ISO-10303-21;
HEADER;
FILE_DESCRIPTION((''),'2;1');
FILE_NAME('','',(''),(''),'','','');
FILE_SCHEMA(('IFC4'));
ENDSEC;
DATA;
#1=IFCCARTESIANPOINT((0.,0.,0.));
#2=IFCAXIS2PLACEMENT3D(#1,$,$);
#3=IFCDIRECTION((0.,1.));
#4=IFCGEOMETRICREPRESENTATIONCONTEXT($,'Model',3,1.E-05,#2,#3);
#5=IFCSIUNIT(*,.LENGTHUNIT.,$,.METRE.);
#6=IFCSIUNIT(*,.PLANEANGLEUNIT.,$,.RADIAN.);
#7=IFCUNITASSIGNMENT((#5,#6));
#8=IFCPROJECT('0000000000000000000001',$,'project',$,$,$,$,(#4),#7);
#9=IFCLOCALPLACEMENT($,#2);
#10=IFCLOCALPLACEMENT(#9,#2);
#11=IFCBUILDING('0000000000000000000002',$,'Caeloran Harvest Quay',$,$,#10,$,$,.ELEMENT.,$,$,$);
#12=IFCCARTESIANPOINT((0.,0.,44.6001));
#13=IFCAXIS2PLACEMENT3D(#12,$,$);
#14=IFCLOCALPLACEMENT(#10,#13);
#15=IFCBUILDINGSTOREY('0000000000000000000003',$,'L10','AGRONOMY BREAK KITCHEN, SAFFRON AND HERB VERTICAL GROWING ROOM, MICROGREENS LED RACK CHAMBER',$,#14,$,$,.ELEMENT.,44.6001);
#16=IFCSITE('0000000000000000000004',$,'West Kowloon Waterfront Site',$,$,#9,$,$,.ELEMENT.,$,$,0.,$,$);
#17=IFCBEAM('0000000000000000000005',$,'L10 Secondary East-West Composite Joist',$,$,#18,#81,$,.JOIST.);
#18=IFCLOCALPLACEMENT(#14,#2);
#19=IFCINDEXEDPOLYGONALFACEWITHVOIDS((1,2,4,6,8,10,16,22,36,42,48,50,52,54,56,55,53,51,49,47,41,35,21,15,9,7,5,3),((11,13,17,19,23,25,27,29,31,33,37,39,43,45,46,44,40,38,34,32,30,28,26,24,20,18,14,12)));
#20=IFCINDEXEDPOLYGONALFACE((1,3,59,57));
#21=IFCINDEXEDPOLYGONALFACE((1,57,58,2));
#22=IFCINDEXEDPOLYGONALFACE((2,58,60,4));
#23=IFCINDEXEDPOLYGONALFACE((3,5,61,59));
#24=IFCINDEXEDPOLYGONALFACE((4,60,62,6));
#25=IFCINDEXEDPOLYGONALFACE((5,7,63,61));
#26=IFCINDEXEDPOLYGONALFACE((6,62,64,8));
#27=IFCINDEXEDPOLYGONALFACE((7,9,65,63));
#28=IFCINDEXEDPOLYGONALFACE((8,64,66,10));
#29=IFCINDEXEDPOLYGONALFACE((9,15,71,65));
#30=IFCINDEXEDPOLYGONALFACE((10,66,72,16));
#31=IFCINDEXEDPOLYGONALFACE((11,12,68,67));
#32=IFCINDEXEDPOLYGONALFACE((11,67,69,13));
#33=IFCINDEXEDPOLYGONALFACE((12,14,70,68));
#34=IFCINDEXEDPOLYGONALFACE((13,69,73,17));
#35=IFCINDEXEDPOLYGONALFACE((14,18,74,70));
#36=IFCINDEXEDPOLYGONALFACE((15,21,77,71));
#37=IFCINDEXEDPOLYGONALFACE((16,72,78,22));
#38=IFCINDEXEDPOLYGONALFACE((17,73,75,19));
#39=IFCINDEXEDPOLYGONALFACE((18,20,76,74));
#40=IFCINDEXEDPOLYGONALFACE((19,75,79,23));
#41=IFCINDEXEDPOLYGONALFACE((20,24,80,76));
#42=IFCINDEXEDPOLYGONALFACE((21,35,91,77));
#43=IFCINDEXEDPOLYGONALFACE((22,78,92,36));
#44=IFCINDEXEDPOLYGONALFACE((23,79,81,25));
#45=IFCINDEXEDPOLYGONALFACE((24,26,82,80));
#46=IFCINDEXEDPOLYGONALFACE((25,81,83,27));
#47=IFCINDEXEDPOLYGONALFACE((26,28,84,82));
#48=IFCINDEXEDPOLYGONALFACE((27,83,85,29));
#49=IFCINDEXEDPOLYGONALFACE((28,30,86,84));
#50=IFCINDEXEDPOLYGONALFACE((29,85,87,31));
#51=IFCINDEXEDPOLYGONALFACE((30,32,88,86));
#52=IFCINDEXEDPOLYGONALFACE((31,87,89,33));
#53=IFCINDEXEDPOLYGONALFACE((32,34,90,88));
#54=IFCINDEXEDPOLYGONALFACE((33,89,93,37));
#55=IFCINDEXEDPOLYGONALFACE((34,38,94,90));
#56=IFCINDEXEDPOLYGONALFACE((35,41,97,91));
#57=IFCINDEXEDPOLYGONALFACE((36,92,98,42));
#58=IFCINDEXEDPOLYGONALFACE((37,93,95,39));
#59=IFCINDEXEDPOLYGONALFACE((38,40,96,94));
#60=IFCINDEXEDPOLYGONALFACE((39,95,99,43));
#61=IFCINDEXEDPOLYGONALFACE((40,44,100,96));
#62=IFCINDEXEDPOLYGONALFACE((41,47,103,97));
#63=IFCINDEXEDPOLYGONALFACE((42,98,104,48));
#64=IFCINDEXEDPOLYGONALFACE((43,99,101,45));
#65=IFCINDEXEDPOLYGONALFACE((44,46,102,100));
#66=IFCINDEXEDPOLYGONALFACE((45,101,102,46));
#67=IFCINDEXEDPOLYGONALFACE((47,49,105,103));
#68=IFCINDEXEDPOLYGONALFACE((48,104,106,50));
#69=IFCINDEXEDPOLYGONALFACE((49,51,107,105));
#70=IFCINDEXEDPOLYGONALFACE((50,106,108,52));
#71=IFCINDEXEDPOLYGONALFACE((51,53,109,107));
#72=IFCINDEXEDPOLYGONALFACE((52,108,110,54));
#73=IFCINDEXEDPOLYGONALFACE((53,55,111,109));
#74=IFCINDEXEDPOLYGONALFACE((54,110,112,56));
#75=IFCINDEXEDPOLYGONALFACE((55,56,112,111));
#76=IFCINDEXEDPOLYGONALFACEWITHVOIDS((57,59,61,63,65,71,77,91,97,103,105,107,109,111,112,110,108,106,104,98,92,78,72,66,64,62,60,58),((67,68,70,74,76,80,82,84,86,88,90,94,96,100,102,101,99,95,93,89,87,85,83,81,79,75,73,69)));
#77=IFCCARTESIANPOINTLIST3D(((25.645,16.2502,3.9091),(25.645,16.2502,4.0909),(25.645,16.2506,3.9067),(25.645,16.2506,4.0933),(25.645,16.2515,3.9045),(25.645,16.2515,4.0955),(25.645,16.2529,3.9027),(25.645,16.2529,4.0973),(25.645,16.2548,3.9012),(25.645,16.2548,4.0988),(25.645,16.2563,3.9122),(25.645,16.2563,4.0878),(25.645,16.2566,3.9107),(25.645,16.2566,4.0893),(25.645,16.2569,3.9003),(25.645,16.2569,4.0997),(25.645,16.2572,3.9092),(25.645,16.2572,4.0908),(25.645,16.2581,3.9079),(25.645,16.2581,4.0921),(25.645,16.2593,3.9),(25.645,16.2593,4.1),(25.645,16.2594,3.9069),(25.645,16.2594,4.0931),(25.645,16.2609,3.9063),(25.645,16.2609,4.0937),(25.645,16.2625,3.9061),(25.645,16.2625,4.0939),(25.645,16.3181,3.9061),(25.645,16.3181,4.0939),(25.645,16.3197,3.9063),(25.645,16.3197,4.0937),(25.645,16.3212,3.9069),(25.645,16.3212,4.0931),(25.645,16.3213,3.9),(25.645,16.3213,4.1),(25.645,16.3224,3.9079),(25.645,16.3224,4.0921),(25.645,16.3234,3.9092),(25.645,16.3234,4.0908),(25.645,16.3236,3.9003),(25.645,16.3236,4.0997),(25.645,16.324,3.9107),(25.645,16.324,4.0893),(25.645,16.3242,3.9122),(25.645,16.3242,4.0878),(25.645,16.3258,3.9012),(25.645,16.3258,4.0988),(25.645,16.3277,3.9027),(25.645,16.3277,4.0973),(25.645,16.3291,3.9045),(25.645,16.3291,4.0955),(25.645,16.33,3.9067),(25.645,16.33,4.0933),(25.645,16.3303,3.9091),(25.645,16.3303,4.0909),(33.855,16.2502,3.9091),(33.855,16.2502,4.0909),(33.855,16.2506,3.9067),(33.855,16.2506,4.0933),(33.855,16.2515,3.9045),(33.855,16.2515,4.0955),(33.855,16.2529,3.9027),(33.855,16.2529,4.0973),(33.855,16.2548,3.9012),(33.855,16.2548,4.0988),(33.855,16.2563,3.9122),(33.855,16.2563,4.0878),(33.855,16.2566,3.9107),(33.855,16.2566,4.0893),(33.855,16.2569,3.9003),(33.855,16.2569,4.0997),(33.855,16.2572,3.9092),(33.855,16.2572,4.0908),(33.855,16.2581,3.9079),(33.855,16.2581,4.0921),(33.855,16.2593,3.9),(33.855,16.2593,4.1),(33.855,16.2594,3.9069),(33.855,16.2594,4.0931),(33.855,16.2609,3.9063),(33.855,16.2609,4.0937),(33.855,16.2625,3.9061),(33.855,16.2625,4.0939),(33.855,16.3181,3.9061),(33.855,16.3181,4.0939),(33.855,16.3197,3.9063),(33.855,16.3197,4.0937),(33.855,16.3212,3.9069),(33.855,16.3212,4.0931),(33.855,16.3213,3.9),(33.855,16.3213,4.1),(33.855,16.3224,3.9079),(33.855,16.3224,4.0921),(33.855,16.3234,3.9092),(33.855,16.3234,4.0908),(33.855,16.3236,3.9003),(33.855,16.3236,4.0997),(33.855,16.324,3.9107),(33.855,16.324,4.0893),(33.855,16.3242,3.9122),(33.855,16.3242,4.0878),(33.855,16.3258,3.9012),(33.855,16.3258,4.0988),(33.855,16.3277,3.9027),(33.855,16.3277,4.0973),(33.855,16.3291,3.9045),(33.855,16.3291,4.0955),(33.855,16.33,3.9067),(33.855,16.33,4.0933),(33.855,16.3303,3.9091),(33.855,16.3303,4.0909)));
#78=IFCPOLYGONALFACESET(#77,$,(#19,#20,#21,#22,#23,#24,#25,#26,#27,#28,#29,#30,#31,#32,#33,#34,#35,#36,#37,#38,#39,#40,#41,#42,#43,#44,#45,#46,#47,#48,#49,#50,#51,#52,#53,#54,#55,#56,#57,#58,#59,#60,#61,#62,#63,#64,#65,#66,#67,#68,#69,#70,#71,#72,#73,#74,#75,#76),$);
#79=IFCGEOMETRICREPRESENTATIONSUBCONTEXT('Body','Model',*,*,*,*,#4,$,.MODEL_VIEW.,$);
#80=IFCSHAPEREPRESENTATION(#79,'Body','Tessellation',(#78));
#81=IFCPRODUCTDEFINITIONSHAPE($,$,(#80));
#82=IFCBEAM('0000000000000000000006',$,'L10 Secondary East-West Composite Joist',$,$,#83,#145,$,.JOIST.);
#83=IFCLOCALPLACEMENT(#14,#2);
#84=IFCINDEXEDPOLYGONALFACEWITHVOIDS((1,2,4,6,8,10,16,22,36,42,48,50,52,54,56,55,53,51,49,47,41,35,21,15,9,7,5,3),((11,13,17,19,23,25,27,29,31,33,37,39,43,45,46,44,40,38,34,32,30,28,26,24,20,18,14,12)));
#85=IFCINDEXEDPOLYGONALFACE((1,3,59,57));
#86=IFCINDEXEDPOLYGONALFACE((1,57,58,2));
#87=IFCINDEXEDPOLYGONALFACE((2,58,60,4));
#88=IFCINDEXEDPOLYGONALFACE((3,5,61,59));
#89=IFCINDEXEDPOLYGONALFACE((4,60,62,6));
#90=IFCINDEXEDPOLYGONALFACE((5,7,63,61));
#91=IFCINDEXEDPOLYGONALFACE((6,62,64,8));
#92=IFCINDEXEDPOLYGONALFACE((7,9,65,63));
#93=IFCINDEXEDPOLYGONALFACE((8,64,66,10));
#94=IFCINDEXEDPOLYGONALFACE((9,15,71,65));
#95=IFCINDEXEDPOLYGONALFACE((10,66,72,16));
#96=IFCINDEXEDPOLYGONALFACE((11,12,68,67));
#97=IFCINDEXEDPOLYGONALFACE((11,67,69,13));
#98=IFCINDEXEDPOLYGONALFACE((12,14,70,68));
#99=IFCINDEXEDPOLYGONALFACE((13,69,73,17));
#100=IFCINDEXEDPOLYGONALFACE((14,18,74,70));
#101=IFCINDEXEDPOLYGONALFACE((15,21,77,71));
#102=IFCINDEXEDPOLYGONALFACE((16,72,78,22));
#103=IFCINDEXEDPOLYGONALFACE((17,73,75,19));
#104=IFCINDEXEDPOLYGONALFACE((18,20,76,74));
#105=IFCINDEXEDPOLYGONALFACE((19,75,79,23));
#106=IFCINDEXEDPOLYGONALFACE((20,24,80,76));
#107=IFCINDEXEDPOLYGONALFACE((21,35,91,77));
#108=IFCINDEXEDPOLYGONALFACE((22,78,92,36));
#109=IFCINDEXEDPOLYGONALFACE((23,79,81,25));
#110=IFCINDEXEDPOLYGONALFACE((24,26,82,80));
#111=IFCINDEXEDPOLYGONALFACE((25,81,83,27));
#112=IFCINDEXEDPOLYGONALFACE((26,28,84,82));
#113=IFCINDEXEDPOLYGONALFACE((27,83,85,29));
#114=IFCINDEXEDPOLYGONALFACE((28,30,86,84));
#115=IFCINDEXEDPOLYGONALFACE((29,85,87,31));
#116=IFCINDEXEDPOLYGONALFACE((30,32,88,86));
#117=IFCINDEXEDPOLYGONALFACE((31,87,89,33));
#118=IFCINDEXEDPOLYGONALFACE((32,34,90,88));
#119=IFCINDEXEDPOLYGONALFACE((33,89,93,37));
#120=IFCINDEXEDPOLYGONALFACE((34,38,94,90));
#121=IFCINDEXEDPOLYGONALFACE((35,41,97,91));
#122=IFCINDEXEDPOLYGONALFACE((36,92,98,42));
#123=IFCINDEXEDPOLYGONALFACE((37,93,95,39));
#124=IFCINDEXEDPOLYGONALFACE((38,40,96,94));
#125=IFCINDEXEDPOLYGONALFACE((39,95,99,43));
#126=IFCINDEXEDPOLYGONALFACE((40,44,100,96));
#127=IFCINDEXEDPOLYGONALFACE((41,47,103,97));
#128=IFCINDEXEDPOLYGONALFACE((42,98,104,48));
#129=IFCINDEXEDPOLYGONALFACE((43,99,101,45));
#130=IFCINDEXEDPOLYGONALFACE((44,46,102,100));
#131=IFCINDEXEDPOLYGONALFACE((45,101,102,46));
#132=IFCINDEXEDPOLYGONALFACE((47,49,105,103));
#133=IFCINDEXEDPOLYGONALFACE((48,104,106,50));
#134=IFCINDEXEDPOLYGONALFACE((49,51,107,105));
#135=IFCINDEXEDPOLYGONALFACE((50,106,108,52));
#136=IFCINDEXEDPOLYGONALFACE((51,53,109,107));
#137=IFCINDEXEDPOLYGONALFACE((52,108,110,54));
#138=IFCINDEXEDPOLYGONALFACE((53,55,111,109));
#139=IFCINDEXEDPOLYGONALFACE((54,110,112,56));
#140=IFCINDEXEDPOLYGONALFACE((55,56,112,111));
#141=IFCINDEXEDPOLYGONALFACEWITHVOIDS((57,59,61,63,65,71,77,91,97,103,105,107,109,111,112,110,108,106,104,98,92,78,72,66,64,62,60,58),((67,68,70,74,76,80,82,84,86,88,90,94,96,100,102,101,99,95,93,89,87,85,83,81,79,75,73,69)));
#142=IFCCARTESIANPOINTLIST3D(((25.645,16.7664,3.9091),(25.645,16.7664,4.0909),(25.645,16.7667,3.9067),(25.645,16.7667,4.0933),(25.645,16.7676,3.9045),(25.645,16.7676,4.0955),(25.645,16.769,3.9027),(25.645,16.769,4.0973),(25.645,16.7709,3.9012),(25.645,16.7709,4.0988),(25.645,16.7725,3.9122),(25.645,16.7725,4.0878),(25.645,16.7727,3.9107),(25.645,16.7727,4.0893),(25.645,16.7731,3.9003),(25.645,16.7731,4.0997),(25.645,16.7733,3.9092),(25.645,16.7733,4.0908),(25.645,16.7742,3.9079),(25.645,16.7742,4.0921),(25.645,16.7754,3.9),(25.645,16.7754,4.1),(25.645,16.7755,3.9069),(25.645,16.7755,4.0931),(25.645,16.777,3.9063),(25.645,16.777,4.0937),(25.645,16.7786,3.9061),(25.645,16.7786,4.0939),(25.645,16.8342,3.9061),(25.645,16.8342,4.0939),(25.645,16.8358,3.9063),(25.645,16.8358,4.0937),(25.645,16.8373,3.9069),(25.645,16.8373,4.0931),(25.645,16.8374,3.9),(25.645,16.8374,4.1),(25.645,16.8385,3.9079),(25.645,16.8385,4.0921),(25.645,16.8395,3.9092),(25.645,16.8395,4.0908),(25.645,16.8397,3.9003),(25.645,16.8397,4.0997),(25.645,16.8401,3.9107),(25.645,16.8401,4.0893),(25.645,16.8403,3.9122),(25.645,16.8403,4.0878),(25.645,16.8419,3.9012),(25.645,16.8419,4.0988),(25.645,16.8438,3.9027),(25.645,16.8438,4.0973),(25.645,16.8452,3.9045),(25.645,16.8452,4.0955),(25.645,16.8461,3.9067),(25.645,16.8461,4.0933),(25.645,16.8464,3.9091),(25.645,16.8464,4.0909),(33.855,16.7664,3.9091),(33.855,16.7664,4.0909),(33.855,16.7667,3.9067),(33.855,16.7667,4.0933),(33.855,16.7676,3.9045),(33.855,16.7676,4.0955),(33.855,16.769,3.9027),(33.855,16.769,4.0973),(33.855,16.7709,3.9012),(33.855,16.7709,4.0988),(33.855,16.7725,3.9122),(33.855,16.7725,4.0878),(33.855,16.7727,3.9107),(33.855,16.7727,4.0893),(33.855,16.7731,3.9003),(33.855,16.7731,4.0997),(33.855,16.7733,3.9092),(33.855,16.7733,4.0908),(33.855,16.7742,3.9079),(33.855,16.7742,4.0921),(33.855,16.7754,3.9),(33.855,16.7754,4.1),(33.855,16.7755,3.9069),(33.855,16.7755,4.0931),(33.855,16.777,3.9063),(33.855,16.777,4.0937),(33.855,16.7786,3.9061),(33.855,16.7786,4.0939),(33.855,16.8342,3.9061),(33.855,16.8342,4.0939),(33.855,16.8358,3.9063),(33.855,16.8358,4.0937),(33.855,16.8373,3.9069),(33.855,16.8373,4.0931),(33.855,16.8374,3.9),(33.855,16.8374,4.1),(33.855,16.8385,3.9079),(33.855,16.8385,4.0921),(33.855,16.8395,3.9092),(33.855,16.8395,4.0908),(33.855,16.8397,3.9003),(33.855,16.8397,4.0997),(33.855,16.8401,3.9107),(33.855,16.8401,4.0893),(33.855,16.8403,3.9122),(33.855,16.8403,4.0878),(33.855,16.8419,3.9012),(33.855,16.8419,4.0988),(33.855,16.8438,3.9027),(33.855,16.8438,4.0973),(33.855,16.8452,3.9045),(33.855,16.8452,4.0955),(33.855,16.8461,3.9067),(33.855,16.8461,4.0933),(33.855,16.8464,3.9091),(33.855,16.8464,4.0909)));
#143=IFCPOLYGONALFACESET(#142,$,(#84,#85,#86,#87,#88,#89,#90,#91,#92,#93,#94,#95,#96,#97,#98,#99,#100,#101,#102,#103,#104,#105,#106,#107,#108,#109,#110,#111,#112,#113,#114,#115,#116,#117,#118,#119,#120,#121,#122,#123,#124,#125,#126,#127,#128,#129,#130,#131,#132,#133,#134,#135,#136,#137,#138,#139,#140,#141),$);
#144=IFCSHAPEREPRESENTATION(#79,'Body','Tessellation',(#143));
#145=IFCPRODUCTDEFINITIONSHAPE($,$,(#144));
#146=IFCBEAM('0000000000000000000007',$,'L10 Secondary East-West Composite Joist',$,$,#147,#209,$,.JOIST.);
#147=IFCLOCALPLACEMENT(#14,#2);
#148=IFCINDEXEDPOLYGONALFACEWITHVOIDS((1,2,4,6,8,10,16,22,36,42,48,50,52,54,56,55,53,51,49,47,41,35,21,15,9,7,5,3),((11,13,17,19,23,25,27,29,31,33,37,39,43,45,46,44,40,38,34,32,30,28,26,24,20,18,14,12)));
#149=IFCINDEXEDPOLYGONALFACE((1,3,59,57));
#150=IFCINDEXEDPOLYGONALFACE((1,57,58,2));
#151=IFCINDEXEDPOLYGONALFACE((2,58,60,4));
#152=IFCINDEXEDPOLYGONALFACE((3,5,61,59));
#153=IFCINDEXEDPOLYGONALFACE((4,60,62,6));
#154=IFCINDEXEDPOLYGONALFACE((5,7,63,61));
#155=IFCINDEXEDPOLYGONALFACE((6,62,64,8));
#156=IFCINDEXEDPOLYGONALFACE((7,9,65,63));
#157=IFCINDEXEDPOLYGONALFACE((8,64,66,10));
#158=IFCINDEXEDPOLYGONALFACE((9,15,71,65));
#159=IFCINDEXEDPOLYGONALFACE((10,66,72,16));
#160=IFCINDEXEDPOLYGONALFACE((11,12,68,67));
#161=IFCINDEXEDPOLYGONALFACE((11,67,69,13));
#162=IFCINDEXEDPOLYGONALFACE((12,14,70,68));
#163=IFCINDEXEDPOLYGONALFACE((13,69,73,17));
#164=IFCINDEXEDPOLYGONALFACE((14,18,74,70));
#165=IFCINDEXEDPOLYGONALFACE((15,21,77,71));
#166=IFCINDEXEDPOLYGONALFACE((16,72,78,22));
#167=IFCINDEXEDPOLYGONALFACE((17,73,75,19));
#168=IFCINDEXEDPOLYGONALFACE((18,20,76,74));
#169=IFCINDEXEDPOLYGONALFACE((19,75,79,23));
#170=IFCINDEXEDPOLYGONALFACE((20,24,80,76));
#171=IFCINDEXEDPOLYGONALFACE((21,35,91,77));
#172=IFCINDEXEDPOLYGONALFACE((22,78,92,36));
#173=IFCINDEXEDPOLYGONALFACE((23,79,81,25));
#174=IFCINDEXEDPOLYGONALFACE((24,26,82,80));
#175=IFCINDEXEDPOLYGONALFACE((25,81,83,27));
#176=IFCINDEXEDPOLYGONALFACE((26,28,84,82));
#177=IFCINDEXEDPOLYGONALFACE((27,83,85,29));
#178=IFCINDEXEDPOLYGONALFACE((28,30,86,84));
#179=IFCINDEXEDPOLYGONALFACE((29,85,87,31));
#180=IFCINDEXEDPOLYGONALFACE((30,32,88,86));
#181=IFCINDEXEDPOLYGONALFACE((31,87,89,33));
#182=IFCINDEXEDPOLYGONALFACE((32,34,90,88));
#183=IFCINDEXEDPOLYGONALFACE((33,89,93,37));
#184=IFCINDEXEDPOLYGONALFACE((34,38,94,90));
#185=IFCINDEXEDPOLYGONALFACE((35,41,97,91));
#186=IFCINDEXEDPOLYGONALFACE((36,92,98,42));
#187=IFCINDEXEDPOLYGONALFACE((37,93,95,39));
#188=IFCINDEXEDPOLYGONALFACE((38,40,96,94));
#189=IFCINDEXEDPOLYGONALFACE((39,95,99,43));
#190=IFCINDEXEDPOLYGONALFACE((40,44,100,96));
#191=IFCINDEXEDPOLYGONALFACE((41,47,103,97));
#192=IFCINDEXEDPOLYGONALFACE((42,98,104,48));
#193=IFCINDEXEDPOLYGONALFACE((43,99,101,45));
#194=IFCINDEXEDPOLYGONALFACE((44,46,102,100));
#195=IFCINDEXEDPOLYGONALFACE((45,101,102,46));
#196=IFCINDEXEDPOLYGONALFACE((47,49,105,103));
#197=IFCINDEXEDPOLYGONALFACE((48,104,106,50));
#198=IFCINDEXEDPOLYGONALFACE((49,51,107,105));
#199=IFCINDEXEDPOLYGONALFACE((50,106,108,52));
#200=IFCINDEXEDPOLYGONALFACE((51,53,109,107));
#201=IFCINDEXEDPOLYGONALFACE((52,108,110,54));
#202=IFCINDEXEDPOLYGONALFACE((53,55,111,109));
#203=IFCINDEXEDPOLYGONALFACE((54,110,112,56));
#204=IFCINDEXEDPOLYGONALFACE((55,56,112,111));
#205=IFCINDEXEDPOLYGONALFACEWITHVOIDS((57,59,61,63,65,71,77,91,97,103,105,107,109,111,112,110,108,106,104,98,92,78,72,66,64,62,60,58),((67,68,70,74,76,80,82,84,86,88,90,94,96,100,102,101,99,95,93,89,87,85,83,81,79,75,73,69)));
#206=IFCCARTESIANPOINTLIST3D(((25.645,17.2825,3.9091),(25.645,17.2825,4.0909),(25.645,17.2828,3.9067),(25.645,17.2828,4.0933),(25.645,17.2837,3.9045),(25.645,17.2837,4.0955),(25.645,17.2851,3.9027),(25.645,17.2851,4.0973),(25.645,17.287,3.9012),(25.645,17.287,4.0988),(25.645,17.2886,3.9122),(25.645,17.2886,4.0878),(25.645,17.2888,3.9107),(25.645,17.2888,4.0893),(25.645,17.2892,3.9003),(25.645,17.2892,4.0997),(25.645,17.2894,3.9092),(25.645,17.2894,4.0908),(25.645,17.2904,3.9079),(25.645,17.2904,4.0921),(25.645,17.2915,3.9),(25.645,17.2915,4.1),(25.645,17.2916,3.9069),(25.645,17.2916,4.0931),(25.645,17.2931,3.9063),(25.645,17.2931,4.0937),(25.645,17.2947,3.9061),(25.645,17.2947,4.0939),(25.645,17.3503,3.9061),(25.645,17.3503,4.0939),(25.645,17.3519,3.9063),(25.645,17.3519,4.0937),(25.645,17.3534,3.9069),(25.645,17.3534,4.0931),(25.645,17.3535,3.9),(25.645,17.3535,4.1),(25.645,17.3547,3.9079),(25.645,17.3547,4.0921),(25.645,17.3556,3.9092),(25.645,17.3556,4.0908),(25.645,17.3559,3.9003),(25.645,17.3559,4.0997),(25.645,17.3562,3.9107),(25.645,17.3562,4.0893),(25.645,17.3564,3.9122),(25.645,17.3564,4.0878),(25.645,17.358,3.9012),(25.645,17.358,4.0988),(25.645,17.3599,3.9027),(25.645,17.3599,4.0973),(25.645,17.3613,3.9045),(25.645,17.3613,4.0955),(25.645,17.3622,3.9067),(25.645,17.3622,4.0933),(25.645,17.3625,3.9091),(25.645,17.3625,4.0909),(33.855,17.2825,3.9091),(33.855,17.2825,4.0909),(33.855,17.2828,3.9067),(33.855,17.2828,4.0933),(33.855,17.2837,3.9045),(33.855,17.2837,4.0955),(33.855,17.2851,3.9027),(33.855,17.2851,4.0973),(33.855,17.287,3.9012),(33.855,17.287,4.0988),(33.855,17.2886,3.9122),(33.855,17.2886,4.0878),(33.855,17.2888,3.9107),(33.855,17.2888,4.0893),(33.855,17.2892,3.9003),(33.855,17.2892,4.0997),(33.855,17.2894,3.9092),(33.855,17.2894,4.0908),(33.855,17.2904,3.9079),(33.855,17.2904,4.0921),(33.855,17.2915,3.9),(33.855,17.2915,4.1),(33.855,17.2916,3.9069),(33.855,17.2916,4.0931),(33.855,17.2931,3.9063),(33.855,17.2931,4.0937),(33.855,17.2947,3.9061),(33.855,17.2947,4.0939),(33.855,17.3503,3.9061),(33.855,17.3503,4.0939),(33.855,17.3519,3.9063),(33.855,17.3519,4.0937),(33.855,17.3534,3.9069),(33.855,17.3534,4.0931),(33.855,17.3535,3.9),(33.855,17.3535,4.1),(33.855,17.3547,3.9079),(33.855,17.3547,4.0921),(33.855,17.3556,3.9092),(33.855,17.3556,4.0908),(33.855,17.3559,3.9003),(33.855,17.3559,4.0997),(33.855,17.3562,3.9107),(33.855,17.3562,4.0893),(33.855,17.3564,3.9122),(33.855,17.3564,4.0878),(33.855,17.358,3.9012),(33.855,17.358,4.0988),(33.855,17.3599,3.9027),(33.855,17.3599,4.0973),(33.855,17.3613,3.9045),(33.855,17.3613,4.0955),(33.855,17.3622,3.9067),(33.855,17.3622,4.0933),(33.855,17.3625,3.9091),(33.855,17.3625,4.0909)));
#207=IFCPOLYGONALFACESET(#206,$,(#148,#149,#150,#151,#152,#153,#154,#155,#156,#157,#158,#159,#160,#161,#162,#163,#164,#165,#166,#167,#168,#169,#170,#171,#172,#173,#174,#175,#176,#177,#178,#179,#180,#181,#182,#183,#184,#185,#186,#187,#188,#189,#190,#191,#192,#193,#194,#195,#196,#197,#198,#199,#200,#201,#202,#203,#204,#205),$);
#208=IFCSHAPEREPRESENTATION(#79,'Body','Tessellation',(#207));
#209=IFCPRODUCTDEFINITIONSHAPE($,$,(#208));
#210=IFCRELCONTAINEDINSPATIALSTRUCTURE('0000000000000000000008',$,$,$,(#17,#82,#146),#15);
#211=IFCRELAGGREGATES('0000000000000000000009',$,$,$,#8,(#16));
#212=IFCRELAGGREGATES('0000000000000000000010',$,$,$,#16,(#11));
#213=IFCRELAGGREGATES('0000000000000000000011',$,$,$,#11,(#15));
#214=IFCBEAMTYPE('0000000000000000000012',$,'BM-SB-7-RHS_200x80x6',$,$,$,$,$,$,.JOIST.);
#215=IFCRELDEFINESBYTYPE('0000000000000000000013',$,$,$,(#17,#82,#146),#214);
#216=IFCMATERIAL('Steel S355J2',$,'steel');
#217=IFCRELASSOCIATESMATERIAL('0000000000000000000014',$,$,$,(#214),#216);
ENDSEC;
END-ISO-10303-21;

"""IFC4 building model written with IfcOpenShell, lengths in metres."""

from ifc_helpers import new_model, si_unit, direction, frame, origin, origin_2d, place, context, subcontext, project, spatial, hollow_rectangle, extrude, material, material_profile, profile_set, type_object, element, save


model = new_model("IFC4")

# Units and contexts
model_context = context("Model", 3, precision=1e-05, world=origin(), true_north=direction((0.0, 1.0)))
body_context = subcontext(model_context, "Body", "Model", "MODEL_VIEW")
ifc_project = project(units=[si_unit("LENGTHUNIT", "METRE"), si_unit("PLANEANGLEUNIT", "RADIAN")], contexts=[model_context])

# Site, building, storey
site_placement = place(None, origin())
site = spatial("IfcSite", under=ifc_project, at=site_placement, Name="West Kowloon Waterfront Site", CompositionType="ELEMENT", RefElevation=0.0)
building_placement = place(site_placement, origin())
building = spatial("IfcBuilding", under=site, at=building_placement, Name="Caeloran Harvest Quay", CompositionType="ELEMENT")
storey_placement = place(building_placement, frame((0.0, 0.0, 44.6001)))
storey = spatial("IfcBuildingStorey", under=building, at=storey_placement, Name="L10", Description="AGRONOMY BREAK KITCHEN, SAFFRON AND HERB VERTICAL GROWING ROOM, MICROGREENS LED RACK CHAMBER", CompositionType="ELEMENT", Elevation=44.6001)

# Beams
ifc_material_1 = material(Name="Steel S355J2", Category="steel")
ifc_material_profile_1 = material_profile(ifc_material_1, hollow_rectangle(XDim=0.0801, YDim=0.2, WallThickness=0.0061, InnerFilletRadius=0.0061, OuterFilletRadius=0.009, at=origin_2d()), Name="RHS 200x80x6")
ifc_profile_set_1 = profile_set([ifc_material_profile_1], Name="Steel S355J2")
beam_type_1 = type_object("IfcBeamType", Name="BM-SB-7-RHS_200x80x6", PredefinedType="JOIST", material=ifc_profile_set_1)
for number, where, z_axis, x_axis, name in (
    (1, (25.645, 16.2903, 4.0), (1.0, 0.0, 0.0), (0.0, 1.0, 0.0), "L10 Secondary East-West Composite Joist"),
    (2, (25.645, 16.8064, 4.0), (1.0, 0.0, 0.0), (0.0, 1.0, 0.0), "L10 Secondary East-West Composite Joist"),
    (3, (25.645, 17.3225, 4.0), (1.0, 0.0, 0.0), (0.0, 1.0, 0.0), "L10 Secondary East-West Composite Joist"),
):
    element("IfcBeam", number, at=place(storey_placement, frame(where, z_axis=z_axis, x_axis=x_axis)), inside=storey, type_object=beam_type_1, Name=name, PredefinedType="JOIST", context=body_context, shape_type="SweptSolid", body=[
        extrude(hollow_rectangle(XDim=0.0801, YDim=0.2, WallThickness=0.0061, InnerFilletRadius=0.0061, OuterFilletRadius=0.009, at=origin_2d()), origin(), (0.0, 0.0, 1.0), 8.21),
    ])

save(model, "model.ifc")
